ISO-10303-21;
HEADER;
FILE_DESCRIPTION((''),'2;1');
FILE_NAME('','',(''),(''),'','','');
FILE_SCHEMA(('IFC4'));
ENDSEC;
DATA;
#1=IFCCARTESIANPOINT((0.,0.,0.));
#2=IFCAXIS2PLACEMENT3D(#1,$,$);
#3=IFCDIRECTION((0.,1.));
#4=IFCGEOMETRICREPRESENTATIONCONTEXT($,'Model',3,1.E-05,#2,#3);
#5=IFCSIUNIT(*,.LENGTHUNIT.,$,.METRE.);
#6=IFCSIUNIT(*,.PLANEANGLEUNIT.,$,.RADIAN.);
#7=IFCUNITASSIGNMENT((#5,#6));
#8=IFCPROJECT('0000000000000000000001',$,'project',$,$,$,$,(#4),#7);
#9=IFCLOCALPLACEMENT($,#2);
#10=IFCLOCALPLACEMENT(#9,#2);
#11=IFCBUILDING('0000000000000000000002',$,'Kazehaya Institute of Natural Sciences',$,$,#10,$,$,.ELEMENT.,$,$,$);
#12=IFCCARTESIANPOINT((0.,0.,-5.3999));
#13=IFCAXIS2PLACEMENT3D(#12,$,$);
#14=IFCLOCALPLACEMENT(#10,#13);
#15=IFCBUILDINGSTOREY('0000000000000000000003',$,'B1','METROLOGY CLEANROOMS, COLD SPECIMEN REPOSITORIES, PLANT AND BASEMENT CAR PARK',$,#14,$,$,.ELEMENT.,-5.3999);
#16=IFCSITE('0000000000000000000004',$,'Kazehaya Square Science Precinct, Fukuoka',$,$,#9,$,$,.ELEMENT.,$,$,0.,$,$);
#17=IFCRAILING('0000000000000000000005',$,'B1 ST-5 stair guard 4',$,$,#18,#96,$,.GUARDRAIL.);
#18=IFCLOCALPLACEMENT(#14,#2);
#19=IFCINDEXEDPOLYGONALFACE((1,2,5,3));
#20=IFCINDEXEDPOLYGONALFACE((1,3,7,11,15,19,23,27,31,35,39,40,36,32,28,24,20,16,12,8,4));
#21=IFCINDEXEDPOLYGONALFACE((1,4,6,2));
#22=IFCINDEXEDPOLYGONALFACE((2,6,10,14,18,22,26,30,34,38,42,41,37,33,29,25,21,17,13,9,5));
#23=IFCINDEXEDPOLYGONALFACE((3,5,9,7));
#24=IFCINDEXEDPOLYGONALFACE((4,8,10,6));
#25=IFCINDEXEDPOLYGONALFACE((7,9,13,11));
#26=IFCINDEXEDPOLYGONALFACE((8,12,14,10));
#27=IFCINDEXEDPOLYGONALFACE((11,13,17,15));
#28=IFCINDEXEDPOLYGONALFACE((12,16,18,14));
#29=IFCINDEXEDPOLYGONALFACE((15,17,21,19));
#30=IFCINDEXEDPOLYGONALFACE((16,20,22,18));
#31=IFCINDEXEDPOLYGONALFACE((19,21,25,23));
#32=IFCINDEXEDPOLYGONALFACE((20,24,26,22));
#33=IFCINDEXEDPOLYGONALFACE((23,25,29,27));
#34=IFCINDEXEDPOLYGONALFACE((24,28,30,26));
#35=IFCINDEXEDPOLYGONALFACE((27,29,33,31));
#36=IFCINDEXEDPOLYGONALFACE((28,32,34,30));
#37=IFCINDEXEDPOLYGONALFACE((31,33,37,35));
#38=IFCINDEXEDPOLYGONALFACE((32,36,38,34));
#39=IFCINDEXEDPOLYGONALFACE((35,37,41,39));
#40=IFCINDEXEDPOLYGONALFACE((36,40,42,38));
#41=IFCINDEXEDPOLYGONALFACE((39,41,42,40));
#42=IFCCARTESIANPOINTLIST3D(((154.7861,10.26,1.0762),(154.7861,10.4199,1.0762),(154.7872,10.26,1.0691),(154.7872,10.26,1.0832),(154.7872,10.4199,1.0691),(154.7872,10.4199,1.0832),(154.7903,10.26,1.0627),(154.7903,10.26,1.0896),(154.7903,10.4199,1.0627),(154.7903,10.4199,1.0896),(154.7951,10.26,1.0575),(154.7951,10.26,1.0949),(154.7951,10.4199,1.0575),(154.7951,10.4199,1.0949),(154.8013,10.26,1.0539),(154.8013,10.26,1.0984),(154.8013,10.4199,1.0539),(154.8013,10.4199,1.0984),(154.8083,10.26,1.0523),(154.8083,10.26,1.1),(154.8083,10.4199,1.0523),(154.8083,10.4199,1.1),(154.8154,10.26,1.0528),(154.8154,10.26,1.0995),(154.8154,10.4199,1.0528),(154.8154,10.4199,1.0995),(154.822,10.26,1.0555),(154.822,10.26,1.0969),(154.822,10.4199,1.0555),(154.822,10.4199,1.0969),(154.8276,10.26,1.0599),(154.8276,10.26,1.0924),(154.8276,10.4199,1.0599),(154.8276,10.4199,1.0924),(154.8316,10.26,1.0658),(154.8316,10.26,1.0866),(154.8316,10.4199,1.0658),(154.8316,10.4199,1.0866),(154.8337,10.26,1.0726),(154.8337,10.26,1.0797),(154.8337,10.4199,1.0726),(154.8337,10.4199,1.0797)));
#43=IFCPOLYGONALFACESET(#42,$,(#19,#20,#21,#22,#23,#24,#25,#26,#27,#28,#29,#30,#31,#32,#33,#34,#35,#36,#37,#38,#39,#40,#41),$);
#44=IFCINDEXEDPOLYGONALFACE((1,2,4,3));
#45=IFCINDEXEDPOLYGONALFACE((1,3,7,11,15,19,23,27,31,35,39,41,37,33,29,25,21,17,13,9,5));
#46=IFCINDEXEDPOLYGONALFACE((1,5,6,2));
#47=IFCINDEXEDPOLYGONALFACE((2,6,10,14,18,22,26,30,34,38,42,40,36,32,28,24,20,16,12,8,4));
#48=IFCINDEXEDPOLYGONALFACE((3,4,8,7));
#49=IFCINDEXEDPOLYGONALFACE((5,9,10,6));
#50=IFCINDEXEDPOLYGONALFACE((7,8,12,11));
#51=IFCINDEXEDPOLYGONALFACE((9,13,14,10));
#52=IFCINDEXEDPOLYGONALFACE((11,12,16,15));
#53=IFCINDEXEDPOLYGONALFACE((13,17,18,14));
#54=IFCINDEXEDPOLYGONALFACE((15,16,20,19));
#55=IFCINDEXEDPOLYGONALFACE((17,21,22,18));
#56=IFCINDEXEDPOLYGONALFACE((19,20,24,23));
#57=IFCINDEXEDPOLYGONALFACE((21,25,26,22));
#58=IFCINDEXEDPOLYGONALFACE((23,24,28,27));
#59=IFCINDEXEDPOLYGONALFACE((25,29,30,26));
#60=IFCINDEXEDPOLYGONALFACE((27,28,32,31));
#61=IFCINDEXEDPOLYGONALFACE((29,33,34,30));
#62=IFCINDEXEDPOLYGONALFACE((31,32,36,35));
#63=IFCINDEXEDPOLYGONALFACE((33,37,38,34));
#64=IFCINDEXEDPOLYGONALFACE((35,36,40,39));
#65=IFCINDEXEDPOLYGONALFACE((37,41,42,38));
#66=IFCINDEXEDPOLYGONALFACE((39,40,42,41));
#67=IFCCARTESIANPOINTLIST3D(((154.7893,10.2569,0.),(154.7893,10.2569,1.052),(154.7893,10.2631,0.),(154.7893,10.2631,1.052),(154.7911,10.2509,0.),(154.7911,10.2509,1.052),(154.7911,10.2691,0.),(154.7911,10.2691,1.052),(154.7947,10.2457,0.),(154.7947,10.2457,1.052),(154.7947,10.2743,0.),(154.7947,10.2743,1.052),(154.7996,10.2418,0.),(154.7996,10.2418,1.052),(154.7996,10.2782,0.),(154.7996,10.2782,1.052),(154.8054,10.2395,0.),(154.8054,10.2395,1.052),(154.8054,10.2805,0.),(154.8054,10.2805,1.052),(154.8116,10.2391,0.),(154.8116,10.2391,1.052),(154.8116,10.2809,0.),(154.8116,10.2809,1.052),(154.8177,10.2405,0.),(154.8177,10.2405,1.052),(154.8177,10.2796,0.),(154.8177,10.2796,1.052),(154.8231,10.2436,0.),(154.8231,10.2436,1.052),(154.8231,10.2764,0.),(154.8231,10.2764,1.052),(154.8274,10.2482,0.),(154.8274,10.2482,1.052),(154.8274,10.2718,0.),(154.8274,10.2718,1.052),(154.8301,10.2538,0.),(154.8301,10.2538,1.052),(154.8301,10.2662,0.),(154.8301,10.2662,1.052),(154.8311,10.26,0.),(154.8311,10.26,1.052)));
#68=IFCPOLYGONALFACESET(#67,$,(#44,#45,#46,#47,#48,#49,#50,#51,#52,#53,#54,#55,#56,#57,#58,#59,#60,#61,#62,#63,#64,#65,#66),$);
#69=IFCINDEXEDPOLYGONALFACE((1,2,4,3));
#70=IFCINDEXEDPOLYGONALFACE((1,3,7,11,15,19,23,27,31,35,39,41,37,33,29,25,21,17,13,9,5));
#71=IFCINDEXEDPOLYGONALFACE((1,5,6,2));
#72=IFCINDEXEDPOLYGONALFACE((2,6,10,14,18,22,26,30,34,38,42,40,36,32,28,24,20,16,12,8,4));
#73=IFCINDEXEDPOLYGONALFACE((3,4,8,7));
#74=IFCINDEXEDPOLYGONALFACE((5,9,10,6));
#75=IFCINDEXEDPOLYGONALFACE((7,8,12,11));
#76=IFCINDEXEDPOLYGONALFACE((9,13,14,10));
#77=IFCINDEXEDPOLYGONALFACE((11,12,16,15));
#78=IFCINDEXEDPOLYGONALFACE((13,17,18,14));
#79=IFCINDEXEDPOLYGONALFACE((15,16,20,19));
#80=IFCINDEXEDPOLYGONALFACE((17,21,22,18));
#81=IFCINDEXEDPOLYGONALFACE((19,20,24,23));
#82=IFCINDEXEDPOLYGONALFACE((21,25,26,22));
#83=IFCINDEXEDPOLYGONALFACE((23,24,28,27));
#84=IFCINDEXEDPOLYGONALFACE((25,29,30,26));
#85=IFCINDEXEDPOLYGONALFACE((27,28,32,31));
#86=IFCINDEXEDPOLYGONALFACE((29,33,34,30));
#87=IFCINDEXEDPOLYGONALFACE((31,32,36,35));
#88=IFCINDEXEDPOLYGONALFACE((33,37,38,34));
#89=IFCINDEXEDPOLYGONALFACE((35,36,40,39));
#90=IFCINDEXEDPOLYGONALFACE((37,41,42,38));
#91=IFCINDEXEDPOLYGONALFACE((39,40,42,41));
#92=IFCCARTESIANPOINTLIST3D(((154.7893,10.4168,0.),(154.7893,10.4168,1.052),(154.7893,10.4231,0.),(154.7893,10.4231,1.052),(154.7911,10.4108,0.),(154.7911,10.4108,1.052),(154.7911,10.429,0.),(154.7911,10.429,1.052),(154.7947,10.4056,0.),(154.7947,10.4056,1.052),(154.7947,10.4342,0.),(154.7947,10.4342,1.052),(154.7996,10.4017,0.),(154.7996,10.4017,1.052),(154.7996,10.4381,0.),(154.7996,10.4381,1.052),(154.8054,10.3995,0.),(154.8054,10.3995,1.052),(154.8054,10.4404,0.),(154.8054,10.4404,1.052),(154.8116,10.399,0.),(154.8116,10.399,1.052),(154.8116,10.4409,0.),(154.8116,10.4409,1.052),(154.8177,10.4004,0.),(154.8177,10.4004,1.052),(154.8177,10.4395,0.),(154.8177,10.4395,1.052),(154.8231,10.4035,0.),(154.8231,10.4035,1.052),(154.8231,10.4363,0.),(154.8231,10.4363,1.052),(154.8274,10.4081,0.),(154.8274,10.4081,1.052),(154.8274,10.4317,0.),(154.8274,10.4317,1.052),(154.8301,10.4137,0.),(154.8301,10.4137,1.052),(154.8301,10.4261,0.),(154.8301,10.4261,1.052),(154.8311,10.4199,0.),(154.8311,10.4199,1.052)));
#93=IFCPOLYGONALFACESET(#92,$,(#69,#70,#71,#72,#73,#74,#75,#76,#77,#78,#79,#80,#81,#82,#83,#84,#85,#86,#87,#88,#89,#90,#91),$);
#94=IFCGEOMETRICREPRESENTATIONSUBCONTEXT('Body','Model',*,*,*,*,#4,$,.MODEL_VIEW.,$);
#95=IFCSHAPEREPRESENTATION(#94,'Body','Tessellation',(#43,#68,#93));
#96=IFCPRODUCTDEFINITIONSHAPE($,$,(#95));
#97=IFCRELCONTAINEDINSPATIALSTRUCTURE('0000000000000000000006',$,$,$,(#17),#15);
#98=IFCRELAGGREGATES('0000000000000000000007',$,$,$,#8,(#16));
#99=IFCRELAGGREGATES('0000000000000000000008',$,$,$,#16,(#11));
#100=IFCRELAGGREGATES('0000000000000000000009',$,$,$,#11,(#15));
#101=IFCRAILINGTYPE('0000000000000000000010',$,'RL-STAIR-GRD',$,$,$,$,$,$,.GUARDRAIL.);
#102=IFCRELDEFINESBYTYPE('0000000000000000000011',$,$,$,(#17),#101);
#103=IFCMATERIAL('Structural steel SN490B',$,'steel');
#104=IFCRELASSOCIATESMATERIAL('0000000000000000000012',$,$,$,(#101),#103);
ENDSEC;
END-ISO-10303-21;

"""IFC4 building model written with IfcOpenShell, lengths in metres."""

from ifc_helpers import new_model, si_unit, direction, frame, origin, origin_2d, place, context, subcontext, project, spatial, circle, extrude, material, type_object, element, save


model = new_model("IFC4")

# Units and contexts
model_context = context("Model", 3, precision=1e-05, world=origin(), true_north=direction((0.0, 1.0)))
body_context = subcontext(model_context, "Body", "Model", "MODEL_VIEW")
ifc_project = project(units=[si_unit("LENGTHUNIT", "METRE"), si_unit("PLANEANGLEUNIT", "RADIAN")], contexts=[model_context])

# Site, building, storey
site_placement = place(None, origin())
site = spatial("IfcSite", under=ifc_project, at=site_placement, Name="Kazehaya Square Science Precinct, Fukuoka", CompositionType="ELEMENT", RefElevation=0.0)
building_placement = place(site_placement, origin())
building = spatial("IfcBuilding", under=site, at=building_placement, Name="Kazehaya Institute of Natural Sciences", CompositionType="ELEMENT")
storey_placement = place(building_placement, frame((0.0, 0.0, -5.3999)))
storey = spatial("IfcBuildingStorey", under=building, at=storey_placement, Name="B1", Description="METROLOGY CLEANROOMS, COLD SPECIMEN REPOSITORIES, PLANT AND BASEMENT CAR PARK", CompositionType="ELEMENT", Elevation=-5.3999)

# Railing
ifc_material_1 = material(Name="Structural steel SN490B", Category="steel")
railing_type_1 = type_object("IfcRailingType", Name="RL-STAIR-GRD", PredefinedType="GUARDRAIL", material=ifc_material_1)
railing_1_placement = place(storey_placement, frame((154.8101, 10.26, 0.0)))
element("IfcRailing", 1, at=railing_1_placement, inside=storey, type_object=railing_type_1, Name="B1 ST-5 stair guard 4", PredefinedType="GUARDRAIL", context=body_context, shape_type="SweptSolid", body=[
    extrude(circle(Radius=0.0239, at=origin_2d()), frame((0.0, 0.0, 1.0762), z_axis=(0.0, 1.0, 0.0), x_axis=(-1.0, 0.0, 0.0)), (0.0, 0.0, 1.0), 0.1599),
    extrude(circle(Radius=0.021, at=origin_2d()), origin(), (0.0, 0.0, 1.0), 1.052),
    extrude(circle(Radius=0.021, at=origin_2d()), frame((0.0, 0.1599, 0.0)), (0.0, 0.0, 1.0), 1.052),
])

save(model, "model.ifc")
